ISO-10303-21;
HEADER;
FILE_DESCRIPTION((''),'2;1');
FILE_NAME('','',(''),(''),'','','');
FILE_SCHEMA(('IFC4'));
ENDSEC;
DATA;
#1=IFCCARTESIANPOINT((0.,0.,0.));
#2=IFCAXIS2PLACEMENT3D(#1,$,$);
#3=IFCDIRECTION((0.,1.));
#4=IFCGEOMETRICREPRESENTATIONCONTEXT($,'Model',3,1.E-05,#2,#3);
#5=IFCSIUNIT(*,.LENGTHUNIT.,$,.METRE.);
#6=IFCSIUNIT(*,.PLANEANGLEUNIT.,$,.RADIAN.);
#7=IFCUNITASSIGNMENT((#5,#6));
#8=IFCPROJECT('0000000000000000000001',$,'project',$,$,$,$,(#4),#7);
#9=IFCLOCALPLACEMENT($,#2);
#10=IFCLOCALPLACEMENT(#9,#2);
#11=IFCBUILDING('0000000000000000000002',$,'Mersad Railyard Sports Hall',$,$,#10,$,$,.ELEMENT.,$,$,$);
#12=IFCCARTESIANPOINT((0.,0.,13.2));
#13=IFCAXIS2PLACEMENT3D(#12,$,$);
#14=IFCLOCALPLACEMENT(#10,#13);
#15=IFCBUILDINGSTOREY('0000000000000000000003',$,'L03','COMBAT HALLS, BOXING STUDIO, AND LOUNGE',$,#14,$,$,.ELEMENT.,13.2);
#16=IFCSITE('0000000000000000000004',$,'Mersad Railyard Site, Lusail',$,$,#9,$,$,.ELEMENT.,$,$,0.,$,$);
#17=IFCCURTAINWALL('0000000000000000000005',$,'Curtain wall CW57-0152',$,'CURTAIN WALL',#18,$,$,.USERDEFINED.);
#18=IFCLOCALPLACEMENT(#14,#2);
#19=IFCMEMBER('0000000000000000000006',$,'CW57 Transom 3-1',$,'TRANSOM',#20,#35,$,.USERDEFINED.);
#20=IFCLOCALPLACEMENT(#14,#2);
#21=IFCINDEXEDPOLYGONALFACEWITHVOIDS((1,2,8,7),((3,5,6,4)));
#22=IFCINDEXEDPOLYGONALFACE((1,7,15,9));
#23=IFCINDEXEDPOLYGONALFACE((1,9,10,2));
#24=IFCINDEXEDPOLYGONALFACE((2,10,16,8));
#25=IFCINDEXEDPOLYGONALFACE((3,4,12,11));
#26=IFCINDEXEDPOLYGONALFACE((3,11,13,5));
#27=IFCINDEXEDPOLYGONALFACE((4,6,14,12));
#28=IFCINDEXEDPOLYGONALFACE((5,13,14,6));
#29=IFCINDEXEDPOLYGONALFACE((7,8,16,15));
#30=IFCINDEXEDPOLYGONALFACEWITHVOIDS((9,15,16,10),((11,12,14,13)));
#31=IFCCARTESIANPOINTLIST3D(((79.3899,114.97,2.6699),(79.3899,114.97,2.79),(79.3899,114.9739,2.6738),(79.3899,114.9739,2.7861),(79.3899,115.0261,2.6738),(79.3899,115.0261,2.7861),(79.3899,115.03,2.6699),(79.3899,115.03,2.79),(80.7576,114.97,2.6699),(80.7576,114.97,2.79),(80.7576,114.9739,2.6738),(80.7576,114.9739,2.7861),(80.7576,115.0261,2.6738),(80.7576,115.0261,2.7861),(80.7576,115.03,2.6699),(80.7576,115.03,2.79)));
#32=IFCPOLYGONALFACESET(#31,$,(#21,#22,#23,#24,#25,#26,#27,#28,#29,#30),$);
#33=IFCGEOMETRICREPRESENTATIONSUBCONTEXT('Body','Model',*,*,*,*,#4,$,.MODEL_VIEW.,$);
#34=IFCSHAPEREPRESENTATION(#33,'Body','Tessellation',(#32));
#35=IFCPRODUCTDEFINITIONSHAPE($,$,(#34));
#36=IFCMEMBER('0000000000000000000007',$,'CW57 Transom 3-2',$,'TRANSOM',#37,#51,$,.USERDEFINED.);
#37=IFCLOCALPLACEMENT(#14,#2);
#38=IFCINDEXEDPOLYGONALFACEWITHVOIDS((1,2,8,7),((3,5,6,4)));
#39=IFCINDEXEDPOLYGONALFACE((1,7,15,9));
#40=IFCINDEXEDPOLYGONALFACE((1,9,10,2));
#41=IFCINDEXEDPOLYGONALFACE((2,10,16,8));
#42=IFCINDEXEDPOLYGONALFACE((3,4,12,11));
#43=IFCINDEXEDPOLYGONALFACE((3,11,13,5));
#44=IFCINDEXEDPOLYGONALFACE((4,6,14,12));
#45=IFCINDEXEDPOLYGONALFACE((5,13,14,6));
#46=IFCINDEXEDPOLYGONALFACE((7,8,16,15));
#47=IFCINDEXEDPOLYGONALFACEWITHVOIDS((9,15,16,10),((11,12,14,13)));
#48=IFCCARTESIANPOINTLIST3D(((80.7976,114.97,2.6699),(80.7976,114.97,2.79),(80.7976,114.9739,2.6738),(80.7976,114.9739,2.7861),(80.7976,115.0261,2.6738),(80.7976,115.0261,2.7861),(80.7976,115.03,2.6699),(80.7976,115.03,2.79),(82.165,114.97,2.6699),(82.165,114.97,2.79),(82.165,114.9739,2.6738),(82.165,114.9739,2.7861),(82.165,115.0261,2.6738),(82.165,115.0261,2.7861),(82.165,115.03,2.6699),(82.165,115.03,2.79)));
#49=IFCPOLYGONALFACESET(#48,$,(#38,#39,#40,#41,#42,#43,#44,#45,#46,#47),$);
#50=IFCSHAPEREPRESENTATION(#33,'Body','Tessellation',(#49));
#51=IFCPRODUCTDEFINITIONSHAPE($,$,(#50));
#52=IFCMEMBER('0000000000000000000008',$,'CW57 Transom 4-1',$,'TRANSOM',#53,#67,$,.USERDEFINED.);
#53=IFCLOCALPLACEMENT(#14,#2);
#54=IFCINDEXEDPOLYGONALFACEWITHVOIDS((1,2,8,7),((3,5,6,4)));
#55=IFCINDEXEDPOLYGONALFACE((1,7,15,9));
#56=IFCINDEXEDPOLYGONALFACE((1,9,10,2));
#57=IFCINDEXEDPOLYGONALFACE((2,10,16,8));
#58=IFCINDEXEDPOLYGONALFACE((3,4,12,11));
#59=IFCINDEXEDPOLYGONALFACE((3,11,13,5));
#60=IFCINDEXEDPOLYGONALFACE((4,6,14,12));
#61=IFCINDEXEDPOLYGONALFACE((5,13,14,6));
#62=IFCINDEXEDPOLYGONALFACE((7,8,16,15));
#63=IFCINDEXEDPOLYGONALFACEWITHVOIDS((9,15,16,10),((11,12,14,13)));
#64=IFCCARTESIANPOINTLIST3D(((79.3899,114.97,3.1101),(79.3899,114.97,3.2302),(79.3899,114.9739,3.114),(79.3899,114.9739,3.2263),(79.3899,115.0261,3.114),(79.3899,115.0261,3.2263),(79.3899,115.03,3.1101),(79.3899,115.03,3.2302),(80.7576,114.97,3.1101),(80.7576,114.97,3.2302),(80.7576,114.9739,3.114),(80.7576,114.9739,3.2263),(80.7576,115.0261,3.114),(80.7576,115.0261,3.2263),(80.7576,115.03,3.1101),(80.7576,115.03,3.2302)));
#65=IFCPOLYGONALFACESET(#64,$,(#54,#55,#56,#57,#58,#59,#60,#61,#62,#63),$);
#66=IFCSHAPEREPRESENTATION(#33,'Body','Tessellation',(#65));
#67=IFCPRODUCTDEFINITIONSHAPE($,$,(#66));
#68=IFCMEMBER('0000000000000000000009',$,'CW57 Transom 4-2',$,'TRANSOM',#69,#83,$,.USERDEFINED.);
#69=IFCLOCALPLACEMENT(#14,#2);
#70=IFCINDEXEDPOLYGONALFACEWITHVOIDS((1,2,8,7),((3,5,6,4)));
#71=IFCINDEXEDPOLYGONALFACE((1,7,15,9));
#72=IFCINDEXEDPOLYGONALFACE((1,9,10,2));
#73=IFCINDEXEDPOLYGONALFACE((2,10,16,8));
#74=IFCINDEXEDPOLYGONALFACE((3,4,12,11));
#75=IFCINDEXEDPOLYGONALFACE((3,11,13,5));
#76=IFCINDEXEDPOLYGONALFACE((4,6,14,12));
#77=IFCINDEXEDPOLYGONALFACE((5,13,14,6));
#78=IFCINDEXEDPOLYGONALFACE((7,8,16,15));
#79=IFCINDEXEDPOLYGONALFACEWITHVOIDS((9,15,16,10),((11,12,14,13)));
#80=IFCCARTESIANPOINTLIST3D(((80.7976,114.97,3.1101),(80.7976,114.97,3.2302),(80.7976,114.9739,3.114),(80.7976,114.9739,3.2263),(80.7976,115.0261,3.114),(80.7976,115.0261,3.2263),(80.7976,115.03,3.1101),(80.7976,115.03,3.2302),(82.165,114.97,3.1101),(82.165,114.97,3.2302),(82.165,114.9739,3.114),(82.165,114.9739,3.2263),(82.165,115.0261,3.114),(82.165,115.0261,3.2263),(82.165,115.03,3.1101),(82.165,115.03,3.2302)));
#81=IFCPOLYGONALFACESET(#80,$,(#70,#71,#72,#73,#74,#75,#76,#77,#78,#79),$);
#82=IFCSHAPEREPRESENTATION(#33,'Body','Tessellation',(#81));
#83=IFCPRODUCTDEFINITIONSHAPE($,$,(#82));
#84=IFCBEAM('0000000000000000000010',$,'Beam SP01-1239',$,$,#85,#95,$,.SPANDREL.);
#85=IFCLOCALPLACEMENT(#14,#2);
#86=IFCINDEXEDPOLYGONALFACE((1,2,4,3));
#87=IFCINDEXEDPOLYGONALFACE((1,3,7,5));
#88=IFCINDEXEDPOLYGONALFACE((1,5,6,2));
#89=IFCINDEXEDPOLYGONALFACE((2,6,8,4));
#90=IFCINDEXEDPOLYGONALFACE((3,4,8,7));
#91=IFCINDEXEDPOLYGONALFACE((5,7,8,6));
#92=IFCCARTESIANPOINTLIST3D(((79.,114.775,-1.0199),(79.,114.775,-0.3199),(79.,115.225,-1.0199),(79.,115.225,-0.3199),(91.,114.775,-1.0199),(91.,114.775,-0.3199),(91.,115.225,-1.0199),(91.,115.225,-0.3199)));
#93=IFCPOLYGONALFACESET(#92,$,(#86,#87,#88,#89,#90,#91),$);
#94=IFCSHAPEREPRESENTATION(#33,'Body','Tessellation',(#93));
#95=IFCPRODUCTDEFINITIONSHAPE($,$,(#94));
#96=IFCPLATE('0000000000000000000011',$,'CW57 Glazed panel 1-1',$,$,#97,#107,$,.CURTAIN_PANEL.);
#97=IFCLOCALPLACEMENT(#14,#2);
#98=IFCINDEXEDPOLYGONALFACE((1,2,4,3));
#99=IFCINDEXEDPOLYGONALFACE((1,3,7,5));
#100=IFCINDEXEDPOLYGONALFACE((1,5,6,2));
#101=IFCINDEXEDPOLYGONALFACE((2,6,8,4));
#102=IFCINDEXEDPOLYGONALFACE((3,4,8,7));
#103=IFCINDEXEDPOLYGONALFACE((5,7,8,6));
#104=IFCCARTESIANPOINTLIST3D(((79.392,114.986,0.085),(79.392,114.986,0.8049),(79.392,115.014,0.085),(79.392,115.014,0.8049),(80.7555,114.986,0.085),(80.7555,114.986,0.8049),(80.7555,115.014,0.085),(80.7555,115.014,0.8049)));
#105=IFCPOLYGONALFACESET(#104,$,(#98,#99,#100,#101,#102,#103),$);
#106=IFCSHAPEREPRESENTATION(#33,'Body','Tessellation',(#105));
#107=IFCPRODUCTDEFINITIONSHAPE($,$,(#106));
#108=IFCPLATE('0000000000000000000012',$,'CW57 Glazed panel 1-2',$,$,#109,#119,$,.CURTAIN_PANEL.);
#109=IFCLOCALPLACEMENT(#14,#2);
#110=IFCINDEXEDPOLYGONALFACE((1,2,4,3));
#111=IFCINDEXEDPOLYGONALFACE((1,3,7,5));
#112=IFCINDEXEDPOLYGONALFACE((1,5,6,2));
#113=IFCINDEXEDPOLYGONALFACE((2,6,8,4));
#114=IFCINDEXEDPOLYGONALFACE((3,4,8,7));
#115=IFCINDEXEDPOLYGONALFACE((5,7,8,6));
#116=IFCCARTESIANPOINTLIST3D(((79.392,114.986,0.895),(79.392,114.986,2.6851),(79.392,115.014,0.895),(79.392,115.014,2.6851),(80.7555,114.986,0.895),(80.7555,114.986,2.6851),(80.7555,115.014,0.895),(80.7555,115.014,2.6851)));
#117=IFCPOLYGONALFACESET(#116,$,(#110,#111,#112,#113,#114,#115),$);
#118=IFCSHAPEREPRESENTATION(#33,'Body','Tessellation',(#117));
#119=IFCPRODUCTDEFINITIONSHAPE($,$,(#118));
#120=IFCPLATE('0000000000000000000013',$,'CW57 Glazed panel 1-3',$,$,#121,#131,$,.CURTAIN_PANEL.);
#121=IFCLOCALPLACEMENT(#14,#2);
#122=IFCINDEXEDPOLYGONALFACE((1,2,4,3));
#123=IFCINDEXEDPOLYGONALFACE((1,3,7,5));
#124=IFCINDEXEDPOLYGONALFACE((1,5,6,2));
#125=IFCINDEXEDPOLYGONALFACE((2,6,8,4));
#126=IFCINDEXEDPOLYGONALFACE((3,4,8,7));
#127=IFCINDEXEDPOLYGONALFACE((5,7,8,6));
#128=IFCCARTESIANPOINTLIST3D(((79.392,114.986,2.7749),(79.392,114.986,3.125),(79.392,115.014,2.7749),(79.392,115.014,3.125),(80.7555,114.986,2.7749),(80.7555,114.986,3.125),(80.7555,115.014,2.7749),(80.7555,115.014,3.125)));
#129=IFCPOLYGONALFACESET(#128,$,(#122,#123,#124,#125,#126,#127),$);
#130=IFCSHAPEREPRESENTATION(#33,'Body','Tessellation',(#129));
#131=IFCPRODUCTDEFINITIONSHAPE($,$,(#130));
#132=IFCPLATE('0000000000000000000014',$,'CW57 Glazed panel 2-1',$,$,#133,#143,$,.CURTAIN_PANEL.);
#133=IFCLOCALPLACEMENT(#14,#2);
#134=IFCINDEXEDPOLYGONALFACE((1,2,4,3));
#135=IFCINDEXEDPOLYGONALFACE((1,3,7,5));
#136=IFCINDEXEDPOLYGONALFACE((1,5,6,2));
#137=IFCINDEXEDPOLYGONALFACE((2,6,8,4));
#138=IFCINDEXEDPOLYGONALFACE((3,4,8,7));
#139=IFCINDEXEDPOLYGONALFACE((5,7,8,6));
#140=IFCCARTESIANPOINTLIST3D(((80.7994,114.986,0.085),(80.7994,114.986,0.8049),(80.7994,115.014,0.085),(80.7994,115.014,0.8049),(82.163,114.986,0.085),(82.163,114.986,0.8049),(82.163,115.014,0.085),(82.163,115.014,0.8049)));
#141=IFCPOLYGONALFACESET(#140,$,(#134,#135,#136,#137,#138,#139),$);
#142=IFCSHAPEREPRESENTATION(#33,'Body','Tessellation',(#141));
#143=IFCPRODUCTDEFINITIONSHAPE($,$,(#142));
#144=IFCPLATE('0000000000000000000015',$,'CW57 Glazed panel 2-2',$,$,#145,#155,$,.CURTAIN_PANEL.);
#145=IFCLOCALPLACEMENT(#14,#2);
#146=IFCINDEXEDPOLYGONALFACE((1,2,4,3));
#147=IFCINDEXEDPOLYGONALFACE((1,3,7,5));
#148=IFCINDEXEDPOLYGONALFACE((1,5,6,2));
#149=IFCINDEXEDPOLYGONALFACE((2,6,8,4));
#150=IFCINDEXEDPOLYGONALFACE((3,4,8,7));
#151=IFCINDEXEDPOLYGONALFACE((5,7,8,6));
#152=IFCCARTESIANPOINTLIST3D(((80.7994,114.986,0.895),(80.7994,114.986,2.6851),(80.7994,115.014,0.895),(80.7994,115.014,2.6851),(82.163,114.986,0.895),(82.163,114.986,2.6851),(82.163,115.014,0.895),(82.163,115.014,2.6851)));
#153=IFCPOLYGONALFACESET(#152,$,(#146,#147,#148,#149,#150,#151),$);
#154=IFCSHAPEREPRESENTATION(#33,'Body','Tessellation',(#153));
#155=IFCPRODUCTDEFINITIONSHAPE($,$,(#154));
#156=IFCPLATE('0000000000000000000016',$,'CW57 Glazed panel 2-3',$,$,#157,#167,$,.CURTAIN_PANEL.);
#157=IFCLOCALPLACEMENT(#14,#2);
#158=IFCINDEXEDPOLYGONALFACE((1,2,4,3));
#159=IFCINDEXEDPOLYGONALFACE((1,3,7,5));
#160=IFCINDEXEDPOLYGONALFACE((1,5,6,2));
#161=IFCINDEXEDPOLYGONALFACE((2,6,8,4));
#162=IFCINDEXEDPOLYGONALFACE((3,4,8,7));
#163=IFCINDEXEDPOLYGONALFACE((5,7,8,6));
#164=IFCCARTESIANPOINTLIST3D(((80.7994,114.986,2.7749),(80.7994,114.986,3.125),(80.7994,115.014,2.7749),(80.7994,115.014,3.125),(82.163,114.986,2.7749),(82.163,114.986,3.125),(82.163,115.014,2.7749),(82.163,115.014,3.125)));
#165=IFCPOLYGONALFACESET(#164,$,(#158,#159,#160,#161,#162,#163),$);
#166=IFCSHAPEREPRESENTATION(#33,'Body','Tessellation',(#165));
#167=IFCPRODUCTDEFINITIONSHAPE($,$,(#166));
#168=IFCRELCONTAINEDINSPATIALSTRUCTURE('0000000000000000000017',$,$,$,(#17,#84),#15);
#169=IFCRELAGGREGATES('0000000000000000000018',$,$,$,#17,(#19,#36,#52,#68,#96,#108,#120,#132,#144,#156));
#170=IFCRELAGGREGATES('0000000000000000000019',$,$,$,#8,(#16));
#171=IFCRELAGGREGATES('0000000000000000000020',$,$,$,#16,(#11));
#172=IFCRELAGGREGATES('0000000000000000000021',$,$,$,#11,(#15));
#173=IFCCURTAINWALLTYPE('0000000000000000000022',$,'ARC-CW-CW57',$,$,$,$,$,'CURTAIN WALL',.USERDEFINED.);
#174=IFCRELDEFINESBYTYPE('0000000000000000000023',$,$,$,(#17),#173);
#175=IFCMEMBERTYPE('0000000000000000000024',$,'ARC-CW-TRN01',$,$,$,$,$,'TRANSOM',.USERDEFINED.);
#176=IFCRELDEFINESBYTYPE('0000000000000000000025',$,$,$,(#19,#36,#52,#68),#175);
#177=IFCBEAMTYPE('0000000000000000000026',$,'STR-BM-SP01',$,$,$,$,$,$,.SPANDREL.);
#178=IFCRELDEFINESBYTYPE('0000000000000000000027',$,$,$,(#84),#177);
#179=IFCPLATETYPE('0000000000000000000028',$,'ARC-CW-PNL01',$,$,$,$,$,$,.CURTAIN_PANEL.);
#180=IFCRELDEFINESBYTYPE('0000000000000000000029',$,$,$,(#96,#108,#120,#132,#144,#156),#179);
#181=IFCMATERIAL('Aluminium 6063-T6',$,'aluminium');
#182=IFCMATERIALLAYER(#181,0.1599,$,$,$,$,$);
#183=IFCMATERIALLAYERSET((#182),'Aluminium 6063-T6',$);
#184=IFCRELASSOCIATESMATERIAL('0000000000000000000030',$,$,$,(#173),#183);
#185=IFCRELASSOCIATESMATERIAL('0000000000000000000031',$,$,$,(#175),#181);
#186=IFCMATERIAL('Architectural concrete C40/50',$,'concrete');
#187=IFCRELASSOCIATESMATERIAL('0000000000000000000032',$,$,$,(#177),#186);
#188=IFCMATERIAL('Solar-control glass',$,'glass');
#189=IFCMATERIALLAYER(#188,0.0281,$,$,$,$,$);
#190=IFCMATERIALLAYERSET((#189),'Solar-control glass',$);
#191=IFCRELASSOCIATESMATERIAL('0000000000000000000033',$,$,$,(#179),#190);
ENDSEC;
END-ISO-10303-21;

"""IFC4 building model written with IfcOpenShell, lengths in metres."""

from ifc_helpers import new_model, si_unit, direction, frame, origin, origin_2d, place, context, subcontext, project, spatial, rectangle, hollow_rectangle, extrude, material, layer, layer_set, material_profile, profile_set, type_object, element, aggregate, save


model = new_model("IFC4")

# Units and contexts
model_context = context("Model", 3, precision=1e-05, world=origin(), true_north=direction((0.0, 1.0)))
body_context = subcontext(model_context, "Body", "Model", "MODEL_VIEW")
ifc_project = project(units=[si_unit("LENGTHUNIT", "METRE"), si_unit("PLANEANGLEUNIT", "RADIAN")], contexts=[model_context])

# Site, building, storey
site_placement = place(None, origin())
site = spatial("IfcSite", under=ifc_project, at=site_placement, Name="Mersad Railyard Site, Lusail", CompositionType="ELEMENT", RefElevation=0.0)
building_placement = place(site_placement, origin())
building = spatial("IfcBuilding", under=site, at=building_placement, Name="Mersad Railyard Sports Hall", CompositionType="ELEMENT")
storey_placement = place(building_placement, frame((0.0, 0.0, 13.2)))
storey = spatial("IfcBuildingStorey", under=building, at=storey_placement, Name="L03", Description="COMBAT HALLS, BOXING STUDIO, AND LOUNGE", CompositionType="ELEMENT", Elevation=13.2)

# Shared definitions
ifc_material_1 = material(Name="Architectural concrete C40/50", Category="concrete")

# Curtain wall, members
ifc_material_2 = material(Name="Aluminium 6063-T6", Category="aluminium")
ifc_layer_1 = layer(ifc_material_2, 0.1599)
ifc_layer_set_1 = layer_set([ifc_layer_1], Name="Aluminium 6063-T6")
curtain_wall_type = type_object("IfcCurtainWallType", Name="ARC-CW-CW57", ElementType="CURTAIN WALL", PredefinedType="USERDEFINED", material=ifc_layer_set_1)
curtain_wall_placement = place(storey_placement, origin())
curtain_wall = element("IfcCurtainWall", 1, at=curtain_wall_placement, inside=storey, type_object=curtain_wall_type, Name="Curtain wall CW57-0152", ObjectType="CURTAIN WALL", PredefinedType="USERDEFINED")
ifc_material_profile_1 = material_profile(ifc_material_2, hollow_rectangle(XDim=0.0601, YDim=0.1201, WallThickness=0.0039, at=origin_2d()), Name="AL TRANSOM 60x120x4")
ifc_profile_set_1 = profile_set([ifc_material_profile_1], Name="Aluminium 6063-T6")
member_type_1 = type_object("IfcMemberType", Name="ARC-CW-TRN01", ElementType="TRANSOM", PredefinedType="USERDEFINED", material=ifc_profile_set_1)
member_1_placement = place(storey_placement, frame((79.3899, 115.0, 2.73), z_axis=(1.0, 0.0, 0.0), x_axis=(0.0, 1.0, 0.0)))
member_1 = element("IfcMember", 2, at=member_1_placement, type_object=member_type_1, Name="CW57 Transom 3-1", ObjectType="TRANSOM", PredefinedType="USERDEFINED", context=body_context, shape_type="SweptSolid", body=[
    extrude(hollow_rectangle(XDim=0.0601, YDim=0.1201, WallThickness=0.0039, at=origin_2d()), origin(), (0.0, 0.0, 1.0), 1.3677),
])
member_2_placement = place(storey_placement, frame((80.7976, 115.0, 2.73), z_axis=(1.0, 0.0, 0.0), x_axis=(0.0, 1.0, 0.0)))
member_2 = element("IfcMember", 3, at=member_2_placement, type_object=member_type_1, Name="CW57 Transom 3-2", ObjectType="TRANSOM", PredefinedType="USERDEFINED", context=body_context, shape_type="SweptSolid", body=[
    extrude(hollow_rectangle(XDim=0.0601, YDim=0.1201, WallThickness=0.0039, at=origin_2d()), origin(), (0.0, 0.0, 1.0), 1.3674),
])
member_3_placement = place(storey_placement, frame((79.3899, 115.0, 3.1702), z_axis=(1.0, 0.0, 0.0), x_axis=(0.0, 1.0, 0.0)))
member_3 = element("IfcMember", 4, at=member_3_placement, type_object=member_type_1, Name="CW57 Transom 4-1", ObjectType="TRANSOM", PredefinedType="USERDEFINED", context=body_context, shape_type="SweptSolid", body=[
    extrude(hollow_rectangle(XDim=0.0601, YDim=0.1201, WallThickness=0.0039, at=origin_2d()), origin(), (0.0, 0.0, 1.0), 1.3677),
])
member_4_placement = place(storey_placement, frame((80.7976, 115.0, 3.1702), z_axis=(1.0, 0.0, 0.0), x_axis=(0.0, 1.0, 0.0)))
member_4 = element("IfcMember", 5, at=member_4_placement, type_object=member_type_1, Name="CW57 Transom 4-2", ObjectType="TRANSOM", PredefinedType="USERDEFINED", context=body_context, shape_type="SweptSolid", body=[
    extrude(hollow_rectangle(XDim=0.0601, YDim=0.1201, WallThickness=0.0039, at=origin_2d()), origin(), (0.0, 0.0, 1.0), 1.3674),
])

# Beam
ifc_material_profile_2 = material_profile(ifc_material_1, rectangle(XDim=0.45, YDim=0.7, at=origin_2d()), Name="RC 450x700")
ifc_profile_set_2 = profile_set([ifc_material_profile_2], Name="Architectural concrete C40/50")
beam_type = type_object("IfcBeamType", Name="STR-BM-SP01", PredefinedType="SPANDREL", material=ifc_profile_set_2)
beam_placement = place(storey_placement, frame((79.0, 115.0, -0.6699), z_axis=(1.0, 0.0, 0.0), x_axis=(0.0, 1.0, 0.0)))
element("IfcBeam", 6, at=beam_placement, inside=storey, type_object=beam_type, Name="Beam SP01-1239", PredefinedType="SPANDREL", context=body_context, shape_type="SweptSolid", body=[
    extrude(rectangle(XDim=0.45, YDim=0.7, at=origin_2d()), origin(), (0.0, 0.0, 1.0), 12.0),
])

# Plates
ifc_material_3 = material(Name="Solar-control glass", Category="glass")
ifc_layer_2 = layer(ifc_material_3, 0.0281)
ifc_layer_set_2 = layer_set([ifc_layer_2], Name="Solar-control glass")
plate_type = type_object("IfcPlateType", Name="ARC-CW-PNL01", PredefinedType="CURTAIN_PANEL", material=ifc_layer_set_2)
plate_1_placement = place(storey_placement, frame((80.0737, 115.0, 0.085), z_axis=(0.0, 0.0, 1.0), x_axis=(1.0, 0.0, 0.0)))
plate_1 = element("IfcPlate", 7, at=plate_1_placement, type_object=plate_type, Name="CW57 Glazed panel 1-1", PredefinedType="CURTAIN_PANEL", context=body_context, shape_type="SweptSolid", body=[
    extrude(rectangle(XDim=1.3635, YDim=0.0281, at=origin_2d()), origin(), (0.0, 0.0, 1.0), 0.72),
])
plate_2_placement = place(storey_placement, frame((80.0737, 115.0, 0.895), z_axis=(0.0, 0.0, 1.0), x_axis=(1.0, 0.0, 0.0)))
plate_2 = element("IfcPlate", 8, at=plate_2_placement, type_object=plate_type, Name="CW57 Glazed panel 1-2", PredefinedType="CURTAIN_PANEL", context=body_context, shape_type="SweptSolid", body=[
    extrude(rectangle(XDim=1.3635, YDim=0.0281, at=origin_2d()), origin(), (0.0, 0.0, 1.0), 1.79),
])
plate_3_placement = place(storey_placement, frame((80.0737, 115.0, 2.7749), z_axis=(0.0, 0.0, 1.0), x_axis=(1.0, 0.0, 0.0)))
plate_3 = element("IfcPlate", 9, at=plate_3_placement, type_object=plate_type, Name="CW57 Glazed panel 1-3", PredefinedType="CURTAIN_PANEL", context=body_context, shape_type="SweptSolid", body=[
    extrude(rectangle(XDim=1.3635, YDim=0.0281, at=origin_2d()), origin(), (0.0, 0.0, 1.0), 0.3501),
])
plate_4_placement = place(storey_placement, frame((81.4812, 115.0, 0.085), z_axis=(0.0, 0.0, 1.0), x_axis=(1.0, 0.0, 0.0)))
plate_4 = element("IfcPlate", 10, at=plate_4_placement, type_object=plate_type, Name="CW57 Glazed panel 2-1", PredefinedType="CURTAIN_PANEL", context=body_context, shape_type="SweptSolid", body=[
    extrude(rectangle(XDim=1.3635, YDim=0.0281, at=origin_2d()), origin(), (0.0, 0.0, 1.0), 0.72),
])
plate_5_placement = place(storey_placement, frame((81.4812, 115.0, 0.895), z_axis=(0.0, 0.0, 1.0), x_axis=(1.0, 0.0, 0.0)))
plate_5 = element("IfcPlate", 11, at=plate_5_placement, type_object=plate_type, Name="CW57 Glazed panel 2-2", PredefinedType="CURTAIN_PANEL", context=body_context, shape_type="SweptSolid", body=[
    extrude(rectangle(XDim=1.3635, YDim=0.0281, at=origin_2d()), origin(), (0.0, 0.0, 1.0), 1.79),
])
plate_6_placement = place(storey_placement, frame((81.4812, 115.0, 2.7749), z_axis=(0.0, 0.0, 1.0), x_axis=(1.0, 0.0, 0.0)))
plate_6 = element("IfcPlate", 12, at=plate_6_placement, type_object=plate_type, Name="CW57 Glazed panel 2-3", PredefinedType="CURTAIN_PANEL", context=body_context, shape_type="SweptSolid", body=[
    extrude(rectangle(XDim=1.3635, YDim=0.0281, at=origin_2d()), origin(), (0.0, 0.0, 1.0), 0.3501),
])
aggregate(curtain_wall, [member_1, member_2, member_3, member_4, plate_1, plate_2, plate_3, plate_4, plate_5, plate_6])

save(model, "model.ifc")
